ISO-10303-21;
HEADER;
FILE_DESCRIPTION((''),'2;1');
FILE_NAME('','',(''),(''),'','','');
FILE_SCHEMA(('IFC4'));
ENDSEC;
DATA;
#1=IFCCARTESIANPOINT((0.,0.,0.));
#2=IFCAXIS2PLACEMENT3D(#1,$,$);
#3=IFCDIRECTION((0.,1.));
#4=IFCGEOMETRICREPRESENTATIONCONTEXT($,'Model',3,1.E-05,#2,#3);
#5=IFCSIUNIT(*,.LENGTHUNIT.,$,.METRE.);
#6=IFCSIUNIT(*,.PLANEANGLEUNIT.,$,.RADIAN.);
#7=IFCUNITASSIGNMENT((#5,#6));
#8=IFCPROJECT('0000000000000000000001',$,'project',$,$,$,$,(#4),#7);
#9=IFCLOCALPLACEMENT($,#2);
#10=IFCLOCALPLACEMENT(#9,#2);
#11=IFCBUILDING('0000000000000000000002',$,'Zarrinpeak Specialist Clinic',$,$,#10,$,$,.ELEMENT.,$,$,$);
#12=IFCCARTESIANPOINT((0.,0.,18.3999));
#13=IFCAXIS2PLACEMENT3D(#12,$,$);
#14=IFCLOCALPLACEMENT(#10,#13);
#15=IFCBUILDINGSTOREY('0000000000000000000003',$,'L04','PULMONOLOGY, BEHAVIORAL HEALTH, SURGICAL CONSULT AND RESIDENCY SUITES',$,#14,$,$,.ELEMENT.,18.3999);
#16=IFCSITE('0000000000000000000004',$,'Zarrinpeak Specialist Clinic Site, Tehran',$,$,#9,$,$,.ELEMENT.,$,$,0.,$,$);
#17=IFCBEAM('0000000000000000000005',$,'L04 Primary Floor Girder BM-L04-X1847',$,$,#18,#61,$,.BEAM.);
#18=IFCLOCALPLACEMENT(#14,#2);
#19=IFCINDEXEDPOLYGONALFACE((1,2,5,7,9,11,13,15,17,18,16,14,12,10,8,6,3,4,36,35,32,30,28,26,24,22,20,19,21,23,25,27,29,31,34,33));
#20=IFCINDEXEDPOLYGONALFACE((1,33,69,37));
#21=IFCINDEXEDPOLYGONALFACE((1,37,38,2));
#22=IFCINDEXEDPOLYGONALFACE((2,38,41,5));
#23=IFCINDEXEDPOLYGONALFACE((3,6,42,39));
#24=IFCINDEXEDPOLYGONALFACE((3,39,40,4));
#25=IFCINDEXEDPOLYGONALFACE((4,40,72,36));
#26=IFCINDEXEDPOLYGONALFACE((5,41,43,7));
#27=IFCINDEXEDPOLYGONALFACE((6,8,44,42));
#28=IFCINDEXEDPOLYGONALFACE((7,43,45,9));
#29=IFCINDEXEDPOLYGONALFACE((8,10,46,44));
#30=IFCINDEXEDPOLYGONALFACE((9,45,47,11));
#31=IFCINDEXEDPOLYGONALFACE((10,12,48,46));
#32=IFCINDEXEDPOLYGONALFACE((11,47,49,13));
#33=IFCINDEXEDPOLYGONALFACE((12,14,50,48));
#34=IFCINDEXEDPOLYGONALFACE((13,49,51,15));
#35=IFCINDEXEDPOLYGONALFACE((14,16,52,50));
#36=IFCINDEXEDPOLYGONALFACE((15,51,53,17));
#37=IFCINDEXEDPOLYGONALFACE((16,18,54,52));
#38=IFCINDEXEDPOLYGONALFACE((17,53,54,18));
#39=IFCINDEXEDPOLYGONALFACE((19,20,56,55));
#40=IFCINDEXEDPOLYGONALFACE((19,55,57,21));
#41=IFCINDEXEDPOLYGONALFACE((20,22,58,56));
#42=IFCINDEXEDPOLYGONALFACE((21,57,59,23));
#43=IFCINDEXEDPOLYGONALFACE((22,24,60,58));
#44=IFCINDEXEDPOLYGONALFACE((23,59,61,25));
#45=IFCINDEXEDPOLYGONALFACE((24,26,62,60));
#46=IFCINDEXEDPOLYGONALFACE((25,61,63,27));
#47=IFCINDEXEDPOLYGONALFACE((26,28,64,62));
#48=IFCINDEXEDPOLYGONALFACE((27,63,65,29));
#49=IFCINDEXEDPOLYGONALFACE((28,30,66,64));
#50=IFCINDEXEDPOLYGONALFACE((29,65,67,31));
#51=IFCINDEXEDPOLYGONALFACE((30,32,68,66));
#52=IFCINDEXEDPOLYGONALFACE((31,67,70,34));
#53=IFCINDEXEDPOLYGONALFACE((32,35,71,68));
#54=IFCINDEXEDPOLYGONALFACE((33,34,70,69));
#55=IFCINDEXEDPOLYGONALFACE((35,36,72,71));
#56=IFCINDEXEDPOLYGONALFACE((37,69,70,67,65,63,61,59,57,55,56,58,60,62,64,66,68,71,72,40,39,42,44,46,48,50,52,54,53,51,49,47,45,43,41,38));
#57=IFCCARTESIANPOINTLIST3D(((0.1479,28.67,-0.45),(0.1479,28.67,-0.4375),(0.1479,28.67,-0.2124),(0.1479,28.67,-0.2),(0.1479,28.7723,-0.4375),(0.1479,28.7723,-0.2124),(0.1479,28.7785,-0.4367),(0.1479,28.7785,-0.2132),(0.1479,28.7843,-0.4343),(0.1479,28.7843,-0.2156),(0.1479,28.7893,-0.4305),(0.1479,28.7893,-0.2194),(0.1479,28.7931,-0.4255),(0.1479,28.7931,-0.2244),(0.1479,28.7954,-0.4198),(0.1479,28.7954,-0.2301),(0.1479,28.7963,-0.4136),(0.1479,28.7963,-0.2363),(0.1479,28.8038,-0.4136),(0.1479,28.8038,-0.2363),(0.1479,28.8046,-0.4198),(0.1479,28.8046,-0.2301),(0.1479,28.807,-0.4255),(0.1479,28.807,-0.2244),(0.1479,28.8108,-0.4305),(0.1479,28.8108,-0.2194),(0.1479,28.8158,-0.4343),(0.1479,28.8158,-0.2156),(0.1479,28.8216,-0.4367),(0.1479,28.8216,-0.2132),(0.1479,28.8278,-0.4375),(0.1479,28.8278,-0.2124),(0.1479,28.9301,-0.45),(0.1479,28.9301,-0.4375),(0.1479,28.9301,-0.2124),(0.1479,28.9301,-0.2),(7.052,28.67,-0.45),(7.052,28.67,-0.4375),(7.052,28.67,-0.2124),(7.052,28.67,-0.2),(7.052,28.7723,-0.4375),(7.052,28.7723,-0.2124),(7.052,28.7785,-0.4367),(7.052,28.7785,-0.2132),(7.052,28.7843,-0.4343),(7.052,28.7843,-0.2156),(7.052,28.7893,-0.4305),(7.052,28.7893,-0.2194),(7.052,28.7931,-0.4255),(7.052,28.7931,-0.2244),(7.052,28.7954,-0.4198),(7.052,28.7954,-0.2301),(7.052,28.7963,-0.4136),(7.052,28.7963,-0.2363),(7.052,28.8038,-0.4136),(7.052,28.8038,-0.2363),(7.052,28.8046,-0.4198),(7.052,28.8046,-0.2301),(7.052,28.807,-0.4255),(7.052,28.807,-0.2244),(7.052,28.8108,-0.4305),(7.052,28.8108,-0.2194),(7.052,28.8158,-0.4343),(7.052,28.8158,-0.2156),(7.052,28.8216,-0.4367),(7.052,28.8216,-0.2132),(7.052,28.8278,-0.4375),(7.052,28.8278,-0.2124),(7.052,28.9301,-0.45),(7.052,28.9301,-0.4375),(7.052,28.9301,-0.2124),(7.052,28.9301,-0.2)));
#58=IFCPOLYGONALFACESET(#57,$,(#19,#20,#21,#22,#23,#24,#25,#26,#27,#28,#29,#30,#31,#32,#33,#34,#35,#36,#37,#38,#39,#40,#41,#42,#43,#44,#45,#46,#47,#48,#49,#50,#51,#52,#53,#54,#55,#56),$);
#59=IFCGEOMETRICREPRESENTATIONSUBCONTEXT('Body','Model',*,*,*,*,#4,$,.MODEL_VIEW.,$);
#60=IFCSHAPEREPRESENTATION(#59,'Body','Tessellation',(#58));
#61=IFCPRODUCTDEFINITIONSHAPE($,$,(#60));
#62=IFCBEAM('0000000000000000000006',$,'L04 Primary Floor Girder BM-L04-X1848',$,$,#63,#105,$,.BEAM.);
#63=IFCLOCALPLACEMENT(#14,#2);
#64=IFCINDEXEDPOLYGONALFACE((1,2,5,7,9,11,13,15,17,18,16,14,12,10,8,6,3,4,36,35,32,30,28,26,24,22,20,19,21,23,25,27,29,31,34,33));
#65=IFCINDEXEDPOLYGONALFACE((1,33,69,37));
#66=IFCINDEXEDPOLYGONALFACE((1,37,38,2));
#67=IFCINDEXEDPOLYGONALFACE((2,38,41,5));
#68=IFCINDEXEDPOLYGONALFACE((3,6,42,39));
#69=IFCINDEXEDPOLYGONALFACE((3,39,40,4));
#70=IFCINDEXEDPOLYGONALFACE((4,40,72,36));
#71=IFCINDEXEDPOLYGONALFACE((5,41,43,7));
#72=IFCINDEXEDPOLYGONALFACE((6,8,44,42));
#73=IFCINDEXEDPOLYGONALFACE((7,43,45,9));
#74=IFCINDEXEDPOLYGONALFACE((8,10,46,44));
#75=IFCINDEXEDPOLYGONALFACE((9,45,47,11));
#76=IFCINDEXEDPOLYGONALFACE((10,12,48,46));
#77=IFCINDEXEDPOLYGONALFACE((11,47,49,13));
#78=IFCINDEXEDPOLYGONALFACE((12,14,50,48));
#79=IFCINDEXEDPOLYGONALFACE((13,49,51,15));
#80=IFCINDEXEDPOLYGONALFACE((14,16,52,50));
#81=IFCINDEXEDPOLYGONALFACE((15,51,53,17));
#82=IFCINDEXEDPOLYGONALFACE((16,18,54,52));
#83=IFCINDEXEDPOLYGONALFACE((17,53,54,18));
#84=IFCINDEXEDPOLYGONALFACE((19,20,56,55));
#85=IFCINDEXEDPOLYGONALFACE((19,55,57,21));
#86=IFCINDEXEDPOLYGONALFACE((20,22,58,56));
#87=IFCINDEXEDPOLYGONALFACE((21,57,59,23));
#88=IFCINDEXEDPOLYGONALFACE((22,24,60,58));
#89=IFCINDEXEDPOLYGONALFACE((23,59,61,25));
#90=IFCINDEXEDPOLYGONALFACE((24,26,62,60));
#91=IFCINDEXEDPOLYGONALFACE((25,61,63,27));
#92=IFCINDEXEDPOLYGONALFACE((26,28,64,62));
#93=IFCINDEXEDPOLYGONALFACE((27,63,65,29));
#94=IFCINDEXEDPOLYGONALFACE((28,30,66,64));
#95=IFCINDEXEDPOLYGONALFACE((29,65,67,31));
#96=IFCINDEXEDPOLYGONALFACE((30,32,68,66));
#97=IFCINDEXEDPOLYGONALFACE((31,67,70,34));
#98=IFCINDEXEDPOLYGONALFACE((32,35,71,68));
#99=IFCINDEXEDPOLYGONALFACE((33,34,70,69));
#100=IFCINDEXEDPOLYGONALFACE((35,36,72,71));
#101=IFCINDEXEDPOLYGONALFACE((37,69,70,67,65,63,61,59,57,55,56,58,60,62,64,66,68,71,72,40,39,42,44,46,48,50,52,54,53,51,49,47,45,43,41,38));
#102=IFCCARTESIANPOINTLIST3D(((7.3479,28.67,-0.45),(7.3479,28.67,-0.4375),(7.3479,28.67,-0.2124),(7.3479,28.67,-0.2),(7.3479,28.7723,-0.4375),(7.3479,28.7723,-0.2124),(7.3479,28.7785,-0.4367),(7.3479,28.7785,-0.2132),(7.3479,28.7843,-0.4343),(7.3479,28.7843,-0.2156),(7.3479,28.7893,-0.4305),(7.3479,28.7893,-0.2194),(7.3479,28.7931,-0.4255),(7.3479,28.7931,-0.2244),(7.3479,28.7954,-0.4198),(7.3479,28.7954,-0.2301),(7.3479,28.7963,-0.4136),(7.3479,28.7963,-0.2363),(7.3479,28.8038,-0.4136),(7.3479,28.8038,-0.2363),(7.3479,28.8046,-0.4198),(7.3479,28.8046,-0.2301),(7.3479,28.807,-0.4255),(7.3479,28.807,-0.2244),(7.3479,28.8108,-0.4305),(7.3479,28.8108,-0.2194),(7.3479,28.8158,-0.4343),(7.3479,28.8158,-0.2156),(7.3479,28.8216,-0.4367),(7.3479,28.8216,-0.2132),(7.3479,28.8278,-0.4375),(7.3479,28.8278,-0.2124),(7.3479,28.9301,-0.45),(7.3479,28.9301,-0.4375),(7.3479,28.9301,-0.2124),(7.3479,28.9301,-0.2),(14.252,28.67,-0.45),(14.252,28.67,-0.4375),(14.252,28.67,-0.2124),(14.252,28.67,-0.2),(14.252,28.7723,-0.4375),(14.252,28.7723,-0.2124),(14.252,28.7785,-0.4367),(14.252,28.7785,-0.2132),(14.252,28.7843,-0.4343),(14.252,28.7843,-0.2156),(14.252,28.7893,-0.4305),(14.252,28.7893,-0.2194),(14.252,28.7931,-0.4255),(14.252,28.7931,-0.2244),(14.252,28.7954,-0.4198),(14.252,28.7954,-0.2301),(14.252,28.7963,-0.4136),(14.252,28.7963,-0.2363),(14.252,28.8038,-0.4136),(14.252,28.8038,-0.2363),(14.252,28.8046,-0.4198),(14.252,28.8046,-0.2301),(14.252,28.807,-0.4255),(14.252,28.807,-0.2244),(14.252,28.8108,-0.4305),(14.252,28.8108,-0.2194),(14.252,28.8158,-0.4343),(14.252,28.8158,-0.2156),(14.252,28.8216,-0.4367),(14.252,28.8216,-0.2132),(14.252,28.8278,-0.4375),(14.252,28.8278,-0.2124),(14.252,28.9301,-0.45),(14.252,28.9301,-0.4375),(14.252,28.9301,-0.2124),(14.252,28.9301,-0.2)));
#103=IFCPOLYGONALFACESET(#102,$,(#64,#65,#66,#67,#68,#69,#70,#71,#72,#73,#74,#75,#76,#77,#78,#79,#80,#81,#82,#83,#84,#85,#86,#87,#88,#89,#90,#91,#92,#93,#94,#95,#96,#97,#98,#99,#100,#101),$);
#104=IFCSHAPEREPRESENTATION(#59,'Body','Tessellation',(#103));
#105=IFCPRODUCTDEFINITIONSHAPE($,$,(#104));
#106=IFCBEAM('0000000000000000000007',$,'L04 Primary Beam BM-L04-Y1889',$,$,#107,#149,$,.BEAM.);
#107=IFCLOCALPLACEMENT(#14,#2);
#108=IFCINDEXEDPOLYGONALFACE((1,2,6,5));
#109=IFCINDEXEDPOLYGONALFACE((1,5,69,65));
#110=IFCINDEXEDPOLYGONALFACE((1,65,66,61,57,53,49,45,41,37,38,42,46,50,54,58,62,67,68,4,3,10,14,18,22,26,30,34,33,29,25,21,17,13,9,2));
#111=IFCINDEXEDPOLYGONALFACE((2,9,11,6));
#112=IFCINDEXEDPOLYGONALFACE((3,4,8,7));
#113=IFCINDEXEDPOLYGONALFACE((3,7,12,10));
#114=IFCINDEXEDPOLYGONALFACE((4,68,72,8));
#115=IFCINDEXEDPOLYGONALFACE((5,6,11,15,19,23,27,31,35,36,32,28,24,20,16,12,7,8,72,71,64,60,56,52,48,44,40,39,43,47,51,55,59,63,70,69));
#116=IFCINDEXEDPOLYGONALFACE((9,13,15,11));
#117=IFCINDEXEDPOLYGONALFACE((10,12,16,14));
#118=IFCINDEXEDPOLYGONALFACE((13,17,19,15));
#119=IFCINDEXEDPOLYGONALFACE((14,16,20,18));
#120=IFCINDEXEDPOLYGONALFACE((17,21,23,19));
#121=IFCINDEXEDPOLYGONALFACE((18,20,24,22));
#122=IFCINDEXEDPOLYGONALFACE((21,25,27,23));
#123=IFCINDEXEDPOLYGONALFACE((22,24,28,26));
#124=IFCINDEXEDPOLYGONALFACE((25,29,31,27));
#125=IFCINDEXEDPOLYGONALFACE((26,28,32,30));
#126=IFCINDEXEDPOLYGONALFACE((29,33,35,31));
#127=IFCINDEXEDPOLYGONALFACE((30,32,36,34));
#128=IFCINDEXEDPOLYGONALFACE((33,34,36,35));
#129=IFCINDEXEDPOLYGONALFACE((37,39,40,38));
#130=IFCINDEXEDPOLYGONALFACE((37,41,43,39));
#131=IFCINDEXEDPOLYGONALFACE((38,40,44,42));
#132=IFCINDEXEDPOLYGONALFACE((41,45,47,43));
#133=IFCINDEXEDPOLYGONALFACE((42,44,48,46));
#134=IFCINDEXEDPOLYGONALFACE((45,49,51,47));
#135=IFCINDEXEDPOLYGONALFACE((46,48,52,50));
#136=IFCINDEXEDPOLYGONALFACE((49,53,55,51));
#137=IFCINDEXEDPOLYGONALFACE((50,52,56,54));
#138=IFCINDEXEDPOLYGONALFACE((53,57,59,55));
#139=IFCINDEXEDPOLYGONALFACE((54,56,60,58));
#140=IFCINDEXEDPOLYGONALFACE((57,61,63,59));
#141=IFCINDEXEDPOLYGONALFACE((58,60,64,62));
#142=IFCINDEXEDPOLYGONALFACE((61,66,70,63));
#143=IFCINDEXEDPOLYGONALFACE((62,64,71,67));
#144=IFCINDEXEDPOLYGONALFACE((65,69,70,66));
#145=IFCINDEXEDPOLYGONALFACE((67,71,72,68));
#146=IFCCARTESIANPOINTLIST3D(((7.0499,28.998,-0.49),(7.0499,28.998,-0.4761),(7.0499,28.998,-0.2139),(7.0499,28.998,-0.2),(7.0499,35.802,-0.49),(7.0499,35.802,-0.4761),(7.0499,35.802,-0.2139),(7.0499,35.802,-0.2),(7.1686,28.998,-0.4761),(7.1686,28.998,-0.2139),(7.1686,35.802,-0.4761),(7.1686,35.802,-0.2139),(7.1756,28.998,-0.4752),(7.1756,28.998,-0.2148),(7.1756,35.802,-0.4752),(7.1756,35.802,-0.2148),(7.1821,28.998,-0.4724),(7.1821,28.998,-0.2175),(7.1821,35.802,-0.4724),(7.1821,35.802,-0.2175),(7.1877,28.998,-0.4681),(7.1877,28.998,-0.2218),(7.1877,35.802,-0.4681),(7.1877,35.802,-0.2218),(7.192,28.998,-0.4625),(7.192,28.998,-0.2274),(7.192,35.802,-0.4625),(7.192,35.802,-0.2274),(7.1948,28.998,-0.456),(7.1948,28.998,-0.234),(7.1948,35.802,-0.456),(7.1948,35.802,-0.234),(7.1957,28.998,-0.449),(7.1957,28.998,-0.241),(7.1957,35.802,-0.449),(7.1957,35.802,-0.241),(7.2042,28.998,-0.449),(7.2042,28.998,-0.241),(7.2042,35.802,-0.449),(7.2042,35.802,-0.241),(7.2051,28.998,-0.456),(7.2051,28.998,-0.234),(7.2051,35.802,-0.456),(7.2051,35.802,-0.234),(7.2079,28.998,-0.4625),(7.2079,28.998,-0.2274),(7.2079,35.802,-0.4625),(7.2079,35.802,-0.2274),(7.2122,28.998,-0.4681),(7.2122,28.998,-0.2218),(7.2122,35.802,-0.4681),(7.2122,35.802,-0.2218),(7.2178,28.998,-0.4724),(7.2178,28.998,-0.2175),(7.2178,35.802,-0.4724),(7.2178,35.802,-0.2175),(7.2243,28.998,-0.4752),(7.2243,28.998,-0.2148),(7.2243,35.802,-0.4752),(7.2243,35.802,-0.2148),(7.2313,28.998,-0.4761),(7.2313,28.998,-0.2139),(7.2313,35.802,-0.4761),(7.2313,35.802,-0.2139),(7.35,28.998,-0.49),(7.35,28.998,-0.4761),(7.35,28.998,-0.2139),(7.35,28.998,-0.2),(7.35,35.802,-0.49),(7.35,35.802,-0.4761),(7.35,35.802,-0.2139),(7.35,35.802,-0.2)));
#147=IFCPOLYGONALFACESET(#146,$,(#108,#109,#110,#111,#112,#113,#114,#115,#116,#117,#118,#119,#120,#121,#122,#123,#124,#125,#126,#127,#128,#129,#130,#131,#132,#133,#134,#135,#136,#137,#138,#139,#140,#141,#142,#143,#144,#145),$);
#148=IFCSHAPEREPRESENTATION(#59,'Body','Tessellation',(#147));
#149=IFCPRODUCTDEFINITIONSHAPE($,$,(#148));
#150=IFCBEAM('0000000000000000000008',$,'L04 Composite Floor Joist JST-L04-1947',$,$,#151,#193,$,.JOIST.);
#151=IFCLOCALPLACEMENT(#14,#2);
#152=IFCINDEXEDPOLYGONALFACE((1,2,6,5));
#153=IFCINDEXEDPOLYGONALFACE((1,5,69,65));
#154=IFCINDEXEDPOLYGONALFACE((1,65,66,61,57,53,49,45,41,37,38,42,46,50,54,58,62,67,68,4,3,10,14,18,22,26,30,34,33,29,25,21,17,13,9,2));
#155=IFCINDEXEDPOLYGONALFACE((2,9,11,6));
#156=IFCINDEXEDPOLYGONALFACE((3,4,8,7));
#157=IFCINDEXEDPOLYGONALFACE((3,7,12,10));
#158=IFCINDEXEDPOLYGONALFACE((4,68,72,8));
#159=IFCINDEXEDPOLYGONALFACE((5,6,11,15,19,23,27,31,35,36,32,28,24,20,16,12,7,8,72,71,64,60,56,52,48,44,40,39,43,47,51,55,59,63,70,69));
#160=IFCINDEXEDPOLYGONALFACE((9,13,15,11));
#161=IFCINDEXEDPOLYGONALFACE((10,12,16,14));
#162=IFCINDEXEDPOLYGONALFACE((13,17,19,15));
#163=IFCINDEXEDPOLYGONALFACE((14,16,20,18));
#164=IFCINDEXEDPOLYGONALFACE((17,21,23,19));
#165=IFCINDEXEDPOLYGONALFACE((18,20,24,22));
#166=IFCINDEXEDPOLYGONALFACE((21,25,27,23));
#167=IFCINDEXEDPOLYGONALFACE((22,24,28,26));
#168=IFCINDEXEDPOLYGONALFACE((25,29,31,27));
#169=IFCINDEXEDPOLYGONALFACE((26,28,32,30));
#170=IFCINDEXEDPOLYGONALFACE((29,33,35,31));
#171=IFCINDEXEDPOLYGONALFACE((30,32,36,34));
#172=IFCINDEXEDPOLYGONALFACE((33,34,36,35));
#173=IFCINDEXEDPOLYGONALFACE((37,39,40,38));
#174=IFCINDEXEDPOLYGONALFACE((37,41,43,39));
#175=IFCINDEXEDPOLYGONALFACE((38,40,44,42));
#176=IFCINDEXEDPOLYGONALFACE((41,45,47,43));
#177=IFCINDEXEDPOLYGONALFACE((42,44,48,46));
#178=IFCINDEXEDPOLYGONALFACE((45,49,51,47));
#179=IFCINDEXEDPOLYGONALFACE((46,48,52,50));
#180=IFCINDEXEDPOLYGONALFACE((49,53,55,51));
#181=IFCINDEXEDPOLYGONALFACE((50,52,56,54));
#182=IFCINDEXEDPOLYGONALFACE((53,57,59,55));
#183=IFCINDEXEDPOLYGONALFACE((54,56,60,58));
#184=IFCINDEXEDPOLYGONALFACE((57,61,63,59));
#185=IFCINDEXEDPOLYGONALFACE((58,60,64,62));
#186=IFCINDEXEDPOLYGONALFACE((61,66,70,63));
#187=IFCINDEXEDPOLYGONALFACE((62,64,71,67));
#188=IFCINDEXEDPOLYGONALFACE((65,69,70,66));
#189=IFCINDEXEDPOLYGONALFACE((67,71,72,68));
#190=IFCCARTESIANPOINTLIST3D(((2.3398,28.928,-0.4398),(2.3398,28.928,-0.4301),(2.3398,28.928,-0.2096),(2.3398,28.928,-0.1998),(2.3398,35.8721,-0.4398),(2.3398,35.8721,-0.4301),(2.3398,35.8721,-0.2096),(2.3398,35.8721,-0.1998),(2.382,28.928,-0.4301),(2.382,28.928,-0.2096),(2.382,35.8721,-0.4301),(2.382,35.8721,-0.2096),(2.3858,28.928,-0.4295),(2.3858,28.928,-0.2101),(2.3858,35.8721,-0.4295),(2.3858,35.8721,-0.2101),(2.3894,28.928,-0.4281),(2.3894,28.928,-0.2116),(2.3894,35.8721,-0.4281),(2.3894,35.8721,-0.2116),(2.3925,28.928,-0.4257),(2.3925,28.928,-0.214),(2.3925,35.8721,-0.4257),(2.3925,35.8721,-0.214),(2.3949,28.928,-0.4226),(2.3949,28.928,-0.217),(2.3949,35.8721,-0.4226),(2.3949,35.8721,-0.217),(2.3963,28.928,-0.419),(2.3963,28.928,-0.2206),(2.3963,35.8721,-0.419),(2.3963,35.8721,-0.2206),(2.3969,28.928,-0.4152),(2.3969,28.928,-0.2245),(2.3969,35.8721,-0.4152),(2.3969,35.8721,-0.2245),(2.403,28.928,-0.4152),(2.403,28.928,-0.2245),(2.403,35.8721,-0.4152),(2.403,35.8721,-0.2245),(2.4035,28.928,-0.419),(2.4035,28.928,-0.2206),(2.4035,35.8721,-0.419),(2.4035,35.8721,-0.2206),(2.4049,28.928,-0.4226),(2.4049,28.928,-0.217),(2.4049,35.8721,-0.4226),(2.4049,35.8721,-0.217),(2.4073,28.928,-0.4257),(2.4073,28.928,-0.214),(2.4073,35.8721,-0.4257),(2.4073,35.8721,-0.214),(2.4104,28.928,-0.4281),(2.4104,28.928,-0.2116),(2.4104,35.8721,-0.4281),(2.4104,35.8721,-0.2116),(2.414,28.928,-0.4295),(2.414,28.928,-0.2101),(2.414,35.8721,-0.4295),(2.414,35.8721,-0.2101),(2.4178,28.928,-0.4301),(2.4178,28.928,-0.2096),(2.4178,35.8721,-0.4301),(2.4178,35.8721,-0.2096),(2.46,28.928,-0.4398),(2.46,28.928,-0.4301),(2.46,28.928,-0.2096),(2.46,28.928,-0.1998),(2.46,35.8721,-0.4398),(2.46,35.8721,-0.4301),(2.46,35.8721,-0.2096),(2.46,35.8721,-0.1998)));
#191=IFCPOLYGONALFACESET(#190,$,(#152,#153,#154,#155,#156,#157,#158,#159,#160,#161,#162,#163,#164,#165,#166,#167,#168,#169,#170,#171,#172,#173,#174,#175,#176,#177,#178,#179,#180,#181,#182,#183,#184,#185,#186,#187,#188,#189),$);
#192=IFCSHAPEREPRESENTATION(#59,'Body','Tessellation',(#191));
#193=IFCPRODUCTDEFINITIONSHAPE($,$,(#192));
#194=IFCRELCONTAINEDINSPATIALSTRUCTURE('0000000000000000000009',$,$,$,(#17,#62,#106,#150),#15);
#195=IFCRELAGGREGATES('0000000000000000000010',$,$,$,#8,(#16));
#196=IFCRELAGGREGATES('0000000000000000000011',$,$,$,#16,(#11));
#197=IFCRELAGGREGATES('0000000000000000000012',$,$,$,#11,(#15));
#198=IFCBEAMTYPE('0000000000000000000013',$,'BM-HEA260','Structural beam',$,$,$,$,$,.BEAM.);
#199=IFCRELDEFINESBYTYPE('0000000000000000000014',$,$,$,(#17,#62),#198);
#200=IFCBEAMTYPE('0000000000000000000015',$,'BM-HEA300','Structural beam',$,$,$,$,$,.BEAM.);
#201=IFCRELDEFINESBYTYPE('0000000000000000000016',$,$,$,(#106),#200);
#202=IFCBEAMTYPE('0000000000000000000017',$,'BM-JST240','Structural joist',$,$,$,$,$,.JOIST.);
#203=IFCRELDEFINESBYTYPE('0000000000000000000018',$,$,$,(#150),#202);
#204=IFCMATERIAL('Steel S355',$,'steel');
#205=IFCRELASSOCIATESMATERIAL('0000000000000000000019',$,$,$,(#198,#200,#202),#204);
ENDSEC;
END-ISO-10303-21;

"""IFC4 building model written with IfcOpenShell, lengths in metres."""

from ifc_helpers import new_model, si_unit, direction, frame, origin, origin_2d, place, context, subcontext, project, spatial, i_section, extrude, material, material_profile, profile_set, type_object, element, save


model = new_model("IFC4")

# Units and contexts
model_context = context("Model", 3, precision=1e-05, world=origin(), true_north=direction((0.0, 1.0)))
body_context = subcontext(model_context, "Body", "Model", "MODEL_VIEW")
ifc_project = project(units=[si_unit("LENGTHUNIT", "METRE"), si_unit("PLANEANGLEUNIT", "RADIAN")], contexts=[model_context])

# Site, building, storey
site_placement = place(None, origin())
site = spatial("IfcSite", under=ifc_project, at=site_placement, Name="Zarrinpeak Specialist Clinic Site, Tehran", CompositionType="ELEMENT", RefElevation=0.0)
building_placement = place(site_placement, origin())
building = spatial("IfcBuilding", under=site, at=building_placement, Name="Zarrinpeak Specialist Clinic", CompositionType="ELEMENT")
storey_placement = place(building_placement, frame((0.0, 0.0, 18.3999)))
storey = spatial("IfcBuildingStorey", under=building, at=storey_placement, Name="L04", Description="PULMONOLOGY, BEHAVIORAL HEALTH, SURGICAL CONSULT AND RESIDENCY SUITES", CompositionType="ELEMENT", Elevation=18.3999)

# Shared definitions
ifc_material_1 = material(Name="Steel S355", Category="steel")

# Beams
ifc_material_profile_1 = material_profile(ifc_material_1, i_section(OverallWidth=0.26, OverallDepth=0.25, WebThickness=0.0076, FlangeThickness=0.0125, FilletRadius=0.0239, at=origin_2d()), Name="HEA 260")
ifc_profile_set_1 = profile_set([ifc_material_profile_1], Name="Steel S355")
beam_type_1 = type_object("IfcBeamType", Name="BM-HEA260", Description="Structural beam", PredefinedType="BEAM", material=ifc_profile_set_1)
for number, where, z_axis, x_axis, name in (
    (1, (0.1479, 28.8, -0.325), (1.0, 0.0, 0.0), (0.0, 1.0, 0.0), "L04 Primary Floor Girder BM-L04-X1847"),
    (2, (7.3479, 28.8, -0.325), (1.0, 0.0, 0.0), (0.0, 1.0, 0.0), "L04 Primary Floor Girder BM-L04-X1848"),
):
    element("IfcBeam", number, at=place(storey_placement, frame(where, z_axis=z_axis, x_axis=x_axis)), inside=storey, type_object=beam_type_1, Name=name, PredefinedType="BEAM", context=body_context, shape_type="SweptSolid", body=[
        extrude(i_section(OverallWidth=0.26, OverallDepth=0.25, WebThickness=0.0076, FlangeThickness=0.0125, FilletRadius=0.0239, at=origin_2d()), origin(), (0.0, 0.0, 1.0), 6.9041),
    ])
ifc_material_profile_2 = material_profile(ifc_material_1, i_section(OverallWidth=0.3, OverallDepth=0.29, WebThickness=0.0085, FlangeThickness=0.0139, FilletRadius=0.0271, at=origin_2d()), Name="HEA 300")
ifc_profile_set_2 = profile_set([ifc_material_profile_2], Name="Steel S355")
beam_type_2 = type_object("IfcBeamType", Name="BM-HEA300", Description="Structural beam", PredefinedType="BEAM", material=ifc_profile_set_2)
beam_1_placement = place(storey_placement, frame((7.2, 28.998, -0.345), z_axis=(0.0, 1.0, 0.0), x_axis=(-1.0, 0.0, 0.0)))
element("IfcBeam", 3, at=beam_1_placement, inside=storey, type_object=beam_type_2, Name="L04 Primary Beam BM-L04-Y1889", PredefinedType="BEAM", context=body_context, shape_type="SweptSolid", body=[
    extrude(i_section(OverallWidth=0.3, OverallDepth=0.29, WebThickness=0.0085, FlangeThickness=0.0139, FilletRadius=0.0271, at=origin_2d()), origin(), (0.0, 0.0, 1.0), 6.804),
])
ifc_material_profile_3 = material_profile(ifc_material_1, i_section(OverallWidth=0.1201, OverallDepth=0.24, WebThickness=0.0061, FlangeThickness=0.0098, FilletRadius=0.0149, at=origin_2d()), Name="IPE 240")
ifc_profile_set_3 = profile_set([ifc_material_profile_3], Name="Steel S355")
beam_type_3 = type_object("IfcBeamType", Name="BM-JST240", Description="Structural joist", PredefinedType="JOIST", material=ifc_profile_set_3)
for number, where, z_axis, x_axis, name in (
    (4, (2.3999, 28.928, -0.3198), (0.0, 1.0, 0.0), (-1.0, 0.0, 0.0), "L04 Composite Floor Joist JST-L04-1947"),
):
    element("IfcBeam", number, at=place(storey_placement, frame(where, z_axis=z_axis, x_axis=x_axis)), inside=storey, type_object=beam_type_3, Name=name, PredefinedType="JOIST", context=body_context, shape_type="SweptSolid", body=[
        extrude(i_section(OverallWidth=0.1201, OverallDepth=0.24, WebThickness=0.0061, FlangeThickness=0.0098, FilletRadius=0.0149, at=origin_2d()), origin(), (0.0, 0.0, 1.0), 6.9441),
    ])

save(model, "model.ifc")
